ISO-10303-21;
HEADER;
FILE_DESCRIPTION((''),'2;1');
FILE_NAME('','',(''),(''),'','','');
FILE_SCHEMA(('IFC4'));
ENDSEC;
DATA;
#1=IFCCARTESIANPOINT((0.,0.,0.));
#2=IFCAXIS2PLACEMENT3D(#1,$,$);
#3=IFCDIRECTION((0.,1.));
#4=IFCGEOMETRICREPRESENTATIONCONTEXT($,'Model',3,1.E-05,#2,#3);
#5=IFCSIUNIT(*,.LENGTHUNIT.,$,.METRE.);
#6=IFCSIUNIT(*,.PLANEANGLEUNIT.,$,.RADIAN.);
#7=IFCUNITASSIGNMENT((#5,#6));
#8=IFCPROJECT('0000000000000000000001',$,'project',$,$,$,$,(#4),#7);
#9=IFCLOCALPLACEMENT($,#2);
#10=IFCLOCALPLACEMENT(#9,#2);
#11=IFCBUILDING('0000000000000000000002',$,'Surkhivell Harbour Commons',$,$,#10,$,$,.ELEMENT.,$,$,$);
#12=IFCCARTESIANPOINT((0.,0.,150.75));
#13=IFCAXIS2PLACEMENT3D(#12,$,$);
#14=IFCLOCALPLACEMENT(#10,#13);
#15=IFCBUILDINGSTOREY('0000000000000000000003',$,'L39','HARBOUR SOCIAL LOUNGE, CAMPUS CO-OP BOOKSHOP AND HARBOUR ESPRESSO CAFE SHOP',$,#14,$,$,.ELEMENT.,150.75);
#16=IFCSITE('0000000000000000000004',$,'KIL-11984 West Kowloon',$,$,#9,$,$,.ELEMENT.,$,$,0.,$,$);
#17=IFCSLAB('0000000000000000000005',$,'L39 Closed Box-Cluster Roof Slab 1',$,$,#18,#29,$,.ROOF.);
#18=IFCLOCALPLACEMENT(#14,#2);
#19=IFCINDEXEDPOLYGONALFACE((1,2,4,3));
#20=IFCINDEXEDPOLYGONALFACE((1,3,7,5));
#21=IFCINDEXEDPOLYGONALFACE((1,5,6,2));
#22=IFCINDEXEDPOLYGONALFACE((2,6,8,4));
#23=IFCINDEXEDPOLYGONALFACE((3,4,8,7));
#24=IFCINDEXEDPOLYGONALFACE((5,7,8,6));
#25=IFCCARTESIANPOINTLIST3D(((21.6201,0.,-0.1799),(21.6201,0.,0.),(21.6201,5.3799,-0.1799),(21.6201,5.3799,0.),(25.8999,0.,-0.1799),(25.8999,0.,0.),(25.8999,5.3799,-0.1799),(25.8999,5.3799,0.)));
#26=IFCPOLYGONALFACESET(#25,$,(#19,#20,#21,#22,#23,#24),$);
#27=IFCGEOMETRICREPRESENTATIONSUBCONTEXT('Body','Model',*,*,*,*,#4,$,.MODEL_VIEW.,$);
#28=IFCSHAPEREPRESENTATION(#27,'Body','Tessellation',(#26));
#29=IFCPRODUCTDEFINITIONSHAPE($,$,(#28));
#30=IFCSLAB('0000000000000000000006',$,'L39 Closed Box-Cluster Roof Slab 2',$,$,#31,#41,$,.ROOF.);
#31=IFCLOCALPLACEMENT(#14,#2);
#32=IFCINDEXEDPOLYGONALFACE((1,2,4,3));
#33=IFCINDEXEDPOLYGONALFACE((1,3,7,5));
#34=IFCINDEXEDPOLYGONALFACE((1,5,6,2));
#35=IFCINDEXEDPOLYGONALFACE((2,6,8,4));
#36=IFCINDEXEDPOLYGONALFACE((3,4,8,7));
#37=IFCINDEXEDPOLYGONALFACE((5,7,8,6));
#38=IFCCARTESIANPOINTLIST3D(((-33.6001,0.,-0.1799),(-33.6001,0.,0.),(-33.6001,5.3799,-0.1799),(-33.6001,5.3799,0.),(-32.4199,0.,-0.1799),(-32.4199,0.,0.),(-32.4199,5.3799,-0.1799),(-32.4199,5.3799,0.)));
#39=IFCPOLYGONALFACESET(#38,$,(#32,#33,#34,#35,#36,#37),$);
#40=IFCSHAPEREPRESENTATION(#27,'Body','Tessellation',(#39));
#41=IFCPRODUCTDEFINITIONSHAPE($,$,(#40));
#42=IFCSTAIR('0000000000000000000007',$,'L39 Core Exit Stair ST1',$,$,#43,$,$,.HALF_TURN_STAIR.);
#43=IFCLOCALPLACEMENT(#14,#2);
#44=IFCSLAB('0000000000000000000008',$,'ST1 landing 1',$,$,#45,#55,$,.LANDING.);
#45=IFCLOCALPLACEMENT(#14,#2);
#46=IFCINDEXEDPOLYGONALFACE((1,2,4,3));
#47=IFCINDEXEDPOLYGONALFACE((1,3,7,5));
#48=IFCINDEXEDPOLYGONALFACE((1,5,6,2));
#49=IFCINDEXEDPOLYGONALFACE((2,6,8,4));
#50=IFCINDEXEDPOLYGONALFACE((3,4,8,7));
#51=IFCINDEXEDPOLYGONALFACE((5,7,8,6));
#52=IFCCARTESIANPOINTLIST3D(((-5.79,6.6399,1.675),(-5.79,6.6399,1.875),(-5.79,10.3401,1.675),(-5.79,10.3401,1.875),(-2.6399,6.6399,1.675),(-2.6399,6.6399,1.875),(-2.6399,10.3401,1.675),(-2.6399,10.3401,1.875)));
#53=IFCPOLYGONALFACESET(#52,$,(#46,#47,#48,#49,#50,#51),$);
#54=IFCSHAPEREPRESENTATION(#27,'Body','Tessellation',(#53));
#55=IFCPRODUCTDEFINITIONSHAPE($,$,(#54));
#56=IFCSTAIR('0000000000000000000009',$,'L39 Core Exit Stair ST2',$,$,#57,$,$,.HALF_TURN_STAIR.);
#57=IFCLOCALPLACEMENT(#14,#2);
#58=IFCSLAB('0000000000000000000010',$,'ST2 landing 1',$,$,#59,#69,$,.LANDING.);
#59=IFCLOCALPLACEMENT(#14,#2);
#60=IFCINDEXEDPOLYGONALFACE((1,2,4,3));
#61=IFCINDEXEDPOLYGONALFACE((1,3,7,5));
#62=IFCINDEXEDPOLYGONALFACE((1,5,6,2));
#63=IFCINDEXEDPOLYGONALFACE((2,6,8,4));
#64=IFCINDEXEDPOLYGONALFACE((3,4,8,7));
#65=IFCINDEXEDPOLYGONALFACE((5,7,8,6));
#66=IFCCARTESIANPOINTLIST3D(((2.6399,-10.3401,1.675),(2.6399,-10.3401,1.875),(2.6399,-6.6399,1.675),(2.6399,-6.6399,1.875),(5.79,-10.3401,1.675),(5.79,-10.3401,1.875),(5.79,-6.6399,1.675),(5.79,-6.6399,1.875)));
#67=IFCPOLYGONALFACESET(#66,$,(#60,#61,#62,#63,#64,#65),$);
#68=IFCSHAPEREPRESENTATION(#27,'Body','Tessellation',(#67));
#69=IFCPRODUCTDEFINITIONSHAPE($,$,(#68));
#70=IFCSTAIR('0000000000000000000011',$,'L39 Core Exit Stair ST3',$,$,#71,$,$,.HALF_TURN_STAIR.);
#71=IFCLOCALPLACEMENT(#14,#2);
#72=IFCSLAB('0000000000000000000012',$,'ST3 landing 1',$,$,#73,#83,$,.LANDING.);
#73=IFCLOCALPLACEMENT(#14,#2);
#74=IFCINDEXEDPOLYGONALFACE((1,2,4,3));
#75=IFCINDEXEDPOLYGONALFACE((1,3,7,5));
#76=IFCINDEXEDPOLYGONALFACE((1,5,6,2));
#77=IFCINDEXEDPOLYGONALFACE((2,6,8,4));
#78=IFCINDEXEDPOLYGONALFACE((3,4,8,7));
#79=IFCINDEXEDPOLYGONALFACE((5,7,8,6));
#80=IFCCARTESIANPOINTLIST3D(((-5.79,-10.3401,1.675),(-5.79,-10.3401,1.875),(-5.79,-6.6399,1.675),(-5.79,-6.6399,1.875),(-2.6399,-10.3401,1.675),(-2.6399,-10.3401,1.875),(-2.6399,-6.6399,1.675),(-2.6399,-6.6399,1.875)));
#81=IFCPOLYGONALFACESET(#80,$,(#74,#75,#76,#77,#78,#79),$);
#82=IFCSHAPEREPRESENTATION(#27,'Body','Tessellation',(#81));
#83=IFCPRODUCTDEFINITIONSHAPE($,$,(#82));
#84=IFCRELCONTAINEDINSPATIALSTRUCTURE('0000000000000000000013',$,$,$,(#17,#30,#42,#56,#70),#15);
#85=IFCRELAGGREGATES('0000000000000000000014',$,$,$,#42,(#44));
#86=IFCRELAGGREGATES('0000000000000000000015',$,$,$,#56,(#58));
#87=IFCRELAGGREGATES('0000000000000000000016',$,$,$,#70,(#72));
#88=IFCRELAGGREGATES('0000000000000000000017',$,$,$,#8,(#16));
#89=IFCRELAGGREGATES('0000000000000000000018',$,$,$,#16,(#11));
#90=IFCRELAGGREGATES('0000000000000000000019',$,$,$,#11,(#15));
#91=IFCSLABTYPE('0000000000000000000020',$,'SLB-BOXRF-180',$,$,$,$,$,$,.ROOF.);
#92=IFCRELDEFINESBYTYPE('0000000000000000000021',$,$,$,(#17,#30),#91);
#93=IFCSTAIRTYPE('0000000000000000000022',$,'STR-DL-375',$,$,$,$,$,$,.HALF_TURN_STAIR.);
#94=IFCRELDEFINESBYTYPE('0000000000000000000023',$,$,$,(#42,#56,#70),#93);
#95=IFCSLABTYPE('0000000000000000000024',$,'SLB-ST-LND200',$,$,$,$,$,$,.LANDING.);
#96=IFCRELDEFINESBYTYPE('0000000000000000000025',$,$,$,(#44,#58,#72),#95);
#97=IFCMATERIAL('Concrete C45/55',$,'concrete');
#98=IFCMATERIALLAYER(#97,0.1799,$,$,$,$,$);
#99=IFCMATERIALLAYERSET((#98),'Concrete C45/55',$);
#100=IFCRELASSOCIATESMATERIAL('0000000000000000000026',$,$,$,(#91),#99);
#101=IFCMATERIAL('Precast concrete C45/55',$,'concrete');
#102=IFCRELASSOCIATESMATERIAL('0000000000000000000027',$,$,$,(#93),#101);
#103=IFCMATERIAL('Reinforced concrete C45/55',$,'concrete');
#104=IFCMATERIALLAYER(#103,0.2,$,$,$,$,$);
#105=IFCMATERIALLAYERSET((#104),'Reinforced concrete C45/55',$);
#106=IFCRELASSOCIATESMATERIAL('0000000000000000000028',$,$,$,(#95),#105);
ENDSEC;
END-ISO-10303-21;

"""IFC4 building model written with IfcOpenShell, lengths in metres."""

from ifc_helpers import new_model, si_unit, direction, frame, origin, place, context, subcontext, project, spatial, polyline, outline, extrude, material, layer, layer_set, type_object, element, aggregate, save


model = new_model("IFC4")

# Units and contexts
model_context = context("Model", 3, precision=1e-05, world=origin(), true_north=direction((0.0, 1.0)))
body_context = subcontext(model_context, "Body", "Model", "MODEL_VIEW")
ifc_project = project(units=[si_unit("LENGTHUNIT", "METRE"), si_unit("PLANEANGLEUNIT", "RADIAN")], contexts=[model_context])

# Site, building, storey
site_placement = place(None, origin())
site = spatial("IfcSite", under=ifc_project, at=site_placement, Name="KIL-11984 West Kowloon", CompositionType="ELEMENT", RefElevation=0.0)
building_placement = place(site_placement, origin())
building = spatial("IfcBuilding", under=site, at=building_placement, Name="Surkhivell Harbour Commons", CompositionType="ELEMENT")
storey_placement = place(building_placement, frame((0.0, 0.0, 150.75)))
storey = spatial("IfcBuildingStorey", under=building, at=storey_placement, Name="L39", Description="HARBOUR SOCIAL LOUNGE, CAMPUS CO-OP BOOKSHOP AND HARBOUR ESPRESSO CAFE SHOP", CompositionType="ELEMENT", Elevation=150.75)

# Slabs
ifc_material_1 = material(Name="Concrete C45/55", Category="concrete")
ifc_layer_1 = layer(ifc_material_1, 0.1799)
ifc_layer_set_1 = layer_set([ifc_layer_1], Name="Concrete C45/55")
slab_type_1 = type_object("IfcSlabType", Name="SLB-BOXRF-180", PredefinedType="ROOF", material=ifc_layer_set_1)
slab_1_placement = place(storey_placement, frame((0.0, 0.0, -0.1799)))
element("IfcSlab", 1, at=slab_1_placement, inside=storey, type_object=slab_type_1, Name="L39 Closed Box-Cluster Roof Slab 1", PredefinedType="ROOF", context=body_context, shape_type="SweptSolid", body=[
    extrude(outline(polyline([(25.8999, 5.3799), (21.6201, 5.3799), (21.6201, 0.0), (25.8999, 0.0), (25.8999, 5.3799)])), origin(), (0.0, 0.0, 1.0), 0.1799),
])
slab_2_placement = place(storey_placement, frame((0.0, 0.0, -0.1799)))
element("IfcSlab", 2, at=slab_2_placement, inside=storey, type_object=slab_type_1, Name="L39 Closed Box-Cluster Roof Slab 2", PredefinedType="ROOF", context=body_context, shape_type="SweptSolid", body=[
    extrude(outline(polyline([(-33.6001, 0.0), (-32.4199, 0.0), (-32.4199, 5.3799), (-33.6001, 5.3799), (-33.6001, 0.0)])), origin(), (0.0, 0.0, 1.0), 0.1799),
])

# Stairs, slabs
ifc_material_2 = material(Name="Precast concrete C45/55", Category="concrete")
stair_type = type_object("IfcStairType", Name="STR-DL-375", PredefinedType="HALF_TURN_STAIR", material=ifc_material_2)
stair_1_placement = place(storey_placement, origin())
stair_1 = element("IfcStair", 3, at=stair_1_placement, inside=storey, type_object=stair_type, Name="L39 Core Exit Stair ST1", PredefinedType="HALF_TURN_STAIR")
ifc_material_3 = material(Name="Reinforced concrete C45/55", Category="concrete")
ifc_layer_2 = layer(ifc_material_3, 0.2)
ifc_layer_set_2 = layer_set([ifc_layer_2], Name="Reinforced concrete C45/55")
slab_type_2 = type_object("IfcSlabType", Name="SLB-ST-LND200", PredefinedType="LANDING", material=ifc_layer_set_2)
slab_3_placement = place(storey_placement, frame((0.0, 0.0, 1.675)))
slab_3 = element("IfcSlab", 4, at=slab_3_placement, type_object=slab_type_2, Name="ST1 landing 1", PredefinedType="LANDING", context=body_context, shape_type="SweptSolid", body=[
    extrude(outline(polyline([(-5.79, 6.6399), (-2.6399, 6.6399), (-2.6399, 10.3401), (-5.79, 10.3401), (-5.79, 6.6399)])), origin(), (0.0, 0.0, 1.0), 0.2),
])
aggregate(stair_1, [slab_3])
stair_2_placement = place(storey_placement, origin())
stair_2 = element("IfcStair", 5, at=stair_2_placement, inside=storey, type_object=stair_type, Name="L39 Core Exit Stair ST2", PredefinedType="HALF_TURN_STAIR")
slab_4_placement = place(storey_placement, frame((0.0, 0.0, 1.675)))
slab_4 = element("IfcSlab", 6, at=slab_4_placement, type_object=slab_type_2, Name="ST2 landing 1", PredefinedType="LANDING", context=body_context, shape_type="SweptSolid", body=[
    extrude(outline(polyline([(5.79, -6.6399), (2.6399, -6.6399), (2.6399, -10.3401), (5.79, -10.3401), (5.79, -6.6399)])), origin(), (0.0, 0.0, 1.0), 0.2),
])
aggregate(stair_2, [slab_4])
stair_3_placement = place(storey_placement, origin())
stair_3 = element("IfcStair", 7, at=stair_3_placement, inside=storey, type_object=stair_type, Name="L39 Core Exit Stair ST3", PredefinedType="HALF_TURN_STAIR")
slab_5_placement = place(storey_placement, frame((0.0, 0.0, 1.675)))
slab_5 = element("IfcSlab", 8, at=slab_5_placement, type_object=slab_type_2, Name="ST3 landing 1", PredefinedType="LANDING", context=body_context, shape_type="SweptSolid", body=[
    extrude(outline(polyline([(-5.79, -10.3401), (-2.6399, -10.3401), (-2.6399, -6.6399), (-5.79, -6.6399), (-5.79, -10.3401)])), origin(), (0.0, 0.0, 1.0), 0.2),
])
aggregate(stair_3, [slab_5])

save(model, "model.ifc")
